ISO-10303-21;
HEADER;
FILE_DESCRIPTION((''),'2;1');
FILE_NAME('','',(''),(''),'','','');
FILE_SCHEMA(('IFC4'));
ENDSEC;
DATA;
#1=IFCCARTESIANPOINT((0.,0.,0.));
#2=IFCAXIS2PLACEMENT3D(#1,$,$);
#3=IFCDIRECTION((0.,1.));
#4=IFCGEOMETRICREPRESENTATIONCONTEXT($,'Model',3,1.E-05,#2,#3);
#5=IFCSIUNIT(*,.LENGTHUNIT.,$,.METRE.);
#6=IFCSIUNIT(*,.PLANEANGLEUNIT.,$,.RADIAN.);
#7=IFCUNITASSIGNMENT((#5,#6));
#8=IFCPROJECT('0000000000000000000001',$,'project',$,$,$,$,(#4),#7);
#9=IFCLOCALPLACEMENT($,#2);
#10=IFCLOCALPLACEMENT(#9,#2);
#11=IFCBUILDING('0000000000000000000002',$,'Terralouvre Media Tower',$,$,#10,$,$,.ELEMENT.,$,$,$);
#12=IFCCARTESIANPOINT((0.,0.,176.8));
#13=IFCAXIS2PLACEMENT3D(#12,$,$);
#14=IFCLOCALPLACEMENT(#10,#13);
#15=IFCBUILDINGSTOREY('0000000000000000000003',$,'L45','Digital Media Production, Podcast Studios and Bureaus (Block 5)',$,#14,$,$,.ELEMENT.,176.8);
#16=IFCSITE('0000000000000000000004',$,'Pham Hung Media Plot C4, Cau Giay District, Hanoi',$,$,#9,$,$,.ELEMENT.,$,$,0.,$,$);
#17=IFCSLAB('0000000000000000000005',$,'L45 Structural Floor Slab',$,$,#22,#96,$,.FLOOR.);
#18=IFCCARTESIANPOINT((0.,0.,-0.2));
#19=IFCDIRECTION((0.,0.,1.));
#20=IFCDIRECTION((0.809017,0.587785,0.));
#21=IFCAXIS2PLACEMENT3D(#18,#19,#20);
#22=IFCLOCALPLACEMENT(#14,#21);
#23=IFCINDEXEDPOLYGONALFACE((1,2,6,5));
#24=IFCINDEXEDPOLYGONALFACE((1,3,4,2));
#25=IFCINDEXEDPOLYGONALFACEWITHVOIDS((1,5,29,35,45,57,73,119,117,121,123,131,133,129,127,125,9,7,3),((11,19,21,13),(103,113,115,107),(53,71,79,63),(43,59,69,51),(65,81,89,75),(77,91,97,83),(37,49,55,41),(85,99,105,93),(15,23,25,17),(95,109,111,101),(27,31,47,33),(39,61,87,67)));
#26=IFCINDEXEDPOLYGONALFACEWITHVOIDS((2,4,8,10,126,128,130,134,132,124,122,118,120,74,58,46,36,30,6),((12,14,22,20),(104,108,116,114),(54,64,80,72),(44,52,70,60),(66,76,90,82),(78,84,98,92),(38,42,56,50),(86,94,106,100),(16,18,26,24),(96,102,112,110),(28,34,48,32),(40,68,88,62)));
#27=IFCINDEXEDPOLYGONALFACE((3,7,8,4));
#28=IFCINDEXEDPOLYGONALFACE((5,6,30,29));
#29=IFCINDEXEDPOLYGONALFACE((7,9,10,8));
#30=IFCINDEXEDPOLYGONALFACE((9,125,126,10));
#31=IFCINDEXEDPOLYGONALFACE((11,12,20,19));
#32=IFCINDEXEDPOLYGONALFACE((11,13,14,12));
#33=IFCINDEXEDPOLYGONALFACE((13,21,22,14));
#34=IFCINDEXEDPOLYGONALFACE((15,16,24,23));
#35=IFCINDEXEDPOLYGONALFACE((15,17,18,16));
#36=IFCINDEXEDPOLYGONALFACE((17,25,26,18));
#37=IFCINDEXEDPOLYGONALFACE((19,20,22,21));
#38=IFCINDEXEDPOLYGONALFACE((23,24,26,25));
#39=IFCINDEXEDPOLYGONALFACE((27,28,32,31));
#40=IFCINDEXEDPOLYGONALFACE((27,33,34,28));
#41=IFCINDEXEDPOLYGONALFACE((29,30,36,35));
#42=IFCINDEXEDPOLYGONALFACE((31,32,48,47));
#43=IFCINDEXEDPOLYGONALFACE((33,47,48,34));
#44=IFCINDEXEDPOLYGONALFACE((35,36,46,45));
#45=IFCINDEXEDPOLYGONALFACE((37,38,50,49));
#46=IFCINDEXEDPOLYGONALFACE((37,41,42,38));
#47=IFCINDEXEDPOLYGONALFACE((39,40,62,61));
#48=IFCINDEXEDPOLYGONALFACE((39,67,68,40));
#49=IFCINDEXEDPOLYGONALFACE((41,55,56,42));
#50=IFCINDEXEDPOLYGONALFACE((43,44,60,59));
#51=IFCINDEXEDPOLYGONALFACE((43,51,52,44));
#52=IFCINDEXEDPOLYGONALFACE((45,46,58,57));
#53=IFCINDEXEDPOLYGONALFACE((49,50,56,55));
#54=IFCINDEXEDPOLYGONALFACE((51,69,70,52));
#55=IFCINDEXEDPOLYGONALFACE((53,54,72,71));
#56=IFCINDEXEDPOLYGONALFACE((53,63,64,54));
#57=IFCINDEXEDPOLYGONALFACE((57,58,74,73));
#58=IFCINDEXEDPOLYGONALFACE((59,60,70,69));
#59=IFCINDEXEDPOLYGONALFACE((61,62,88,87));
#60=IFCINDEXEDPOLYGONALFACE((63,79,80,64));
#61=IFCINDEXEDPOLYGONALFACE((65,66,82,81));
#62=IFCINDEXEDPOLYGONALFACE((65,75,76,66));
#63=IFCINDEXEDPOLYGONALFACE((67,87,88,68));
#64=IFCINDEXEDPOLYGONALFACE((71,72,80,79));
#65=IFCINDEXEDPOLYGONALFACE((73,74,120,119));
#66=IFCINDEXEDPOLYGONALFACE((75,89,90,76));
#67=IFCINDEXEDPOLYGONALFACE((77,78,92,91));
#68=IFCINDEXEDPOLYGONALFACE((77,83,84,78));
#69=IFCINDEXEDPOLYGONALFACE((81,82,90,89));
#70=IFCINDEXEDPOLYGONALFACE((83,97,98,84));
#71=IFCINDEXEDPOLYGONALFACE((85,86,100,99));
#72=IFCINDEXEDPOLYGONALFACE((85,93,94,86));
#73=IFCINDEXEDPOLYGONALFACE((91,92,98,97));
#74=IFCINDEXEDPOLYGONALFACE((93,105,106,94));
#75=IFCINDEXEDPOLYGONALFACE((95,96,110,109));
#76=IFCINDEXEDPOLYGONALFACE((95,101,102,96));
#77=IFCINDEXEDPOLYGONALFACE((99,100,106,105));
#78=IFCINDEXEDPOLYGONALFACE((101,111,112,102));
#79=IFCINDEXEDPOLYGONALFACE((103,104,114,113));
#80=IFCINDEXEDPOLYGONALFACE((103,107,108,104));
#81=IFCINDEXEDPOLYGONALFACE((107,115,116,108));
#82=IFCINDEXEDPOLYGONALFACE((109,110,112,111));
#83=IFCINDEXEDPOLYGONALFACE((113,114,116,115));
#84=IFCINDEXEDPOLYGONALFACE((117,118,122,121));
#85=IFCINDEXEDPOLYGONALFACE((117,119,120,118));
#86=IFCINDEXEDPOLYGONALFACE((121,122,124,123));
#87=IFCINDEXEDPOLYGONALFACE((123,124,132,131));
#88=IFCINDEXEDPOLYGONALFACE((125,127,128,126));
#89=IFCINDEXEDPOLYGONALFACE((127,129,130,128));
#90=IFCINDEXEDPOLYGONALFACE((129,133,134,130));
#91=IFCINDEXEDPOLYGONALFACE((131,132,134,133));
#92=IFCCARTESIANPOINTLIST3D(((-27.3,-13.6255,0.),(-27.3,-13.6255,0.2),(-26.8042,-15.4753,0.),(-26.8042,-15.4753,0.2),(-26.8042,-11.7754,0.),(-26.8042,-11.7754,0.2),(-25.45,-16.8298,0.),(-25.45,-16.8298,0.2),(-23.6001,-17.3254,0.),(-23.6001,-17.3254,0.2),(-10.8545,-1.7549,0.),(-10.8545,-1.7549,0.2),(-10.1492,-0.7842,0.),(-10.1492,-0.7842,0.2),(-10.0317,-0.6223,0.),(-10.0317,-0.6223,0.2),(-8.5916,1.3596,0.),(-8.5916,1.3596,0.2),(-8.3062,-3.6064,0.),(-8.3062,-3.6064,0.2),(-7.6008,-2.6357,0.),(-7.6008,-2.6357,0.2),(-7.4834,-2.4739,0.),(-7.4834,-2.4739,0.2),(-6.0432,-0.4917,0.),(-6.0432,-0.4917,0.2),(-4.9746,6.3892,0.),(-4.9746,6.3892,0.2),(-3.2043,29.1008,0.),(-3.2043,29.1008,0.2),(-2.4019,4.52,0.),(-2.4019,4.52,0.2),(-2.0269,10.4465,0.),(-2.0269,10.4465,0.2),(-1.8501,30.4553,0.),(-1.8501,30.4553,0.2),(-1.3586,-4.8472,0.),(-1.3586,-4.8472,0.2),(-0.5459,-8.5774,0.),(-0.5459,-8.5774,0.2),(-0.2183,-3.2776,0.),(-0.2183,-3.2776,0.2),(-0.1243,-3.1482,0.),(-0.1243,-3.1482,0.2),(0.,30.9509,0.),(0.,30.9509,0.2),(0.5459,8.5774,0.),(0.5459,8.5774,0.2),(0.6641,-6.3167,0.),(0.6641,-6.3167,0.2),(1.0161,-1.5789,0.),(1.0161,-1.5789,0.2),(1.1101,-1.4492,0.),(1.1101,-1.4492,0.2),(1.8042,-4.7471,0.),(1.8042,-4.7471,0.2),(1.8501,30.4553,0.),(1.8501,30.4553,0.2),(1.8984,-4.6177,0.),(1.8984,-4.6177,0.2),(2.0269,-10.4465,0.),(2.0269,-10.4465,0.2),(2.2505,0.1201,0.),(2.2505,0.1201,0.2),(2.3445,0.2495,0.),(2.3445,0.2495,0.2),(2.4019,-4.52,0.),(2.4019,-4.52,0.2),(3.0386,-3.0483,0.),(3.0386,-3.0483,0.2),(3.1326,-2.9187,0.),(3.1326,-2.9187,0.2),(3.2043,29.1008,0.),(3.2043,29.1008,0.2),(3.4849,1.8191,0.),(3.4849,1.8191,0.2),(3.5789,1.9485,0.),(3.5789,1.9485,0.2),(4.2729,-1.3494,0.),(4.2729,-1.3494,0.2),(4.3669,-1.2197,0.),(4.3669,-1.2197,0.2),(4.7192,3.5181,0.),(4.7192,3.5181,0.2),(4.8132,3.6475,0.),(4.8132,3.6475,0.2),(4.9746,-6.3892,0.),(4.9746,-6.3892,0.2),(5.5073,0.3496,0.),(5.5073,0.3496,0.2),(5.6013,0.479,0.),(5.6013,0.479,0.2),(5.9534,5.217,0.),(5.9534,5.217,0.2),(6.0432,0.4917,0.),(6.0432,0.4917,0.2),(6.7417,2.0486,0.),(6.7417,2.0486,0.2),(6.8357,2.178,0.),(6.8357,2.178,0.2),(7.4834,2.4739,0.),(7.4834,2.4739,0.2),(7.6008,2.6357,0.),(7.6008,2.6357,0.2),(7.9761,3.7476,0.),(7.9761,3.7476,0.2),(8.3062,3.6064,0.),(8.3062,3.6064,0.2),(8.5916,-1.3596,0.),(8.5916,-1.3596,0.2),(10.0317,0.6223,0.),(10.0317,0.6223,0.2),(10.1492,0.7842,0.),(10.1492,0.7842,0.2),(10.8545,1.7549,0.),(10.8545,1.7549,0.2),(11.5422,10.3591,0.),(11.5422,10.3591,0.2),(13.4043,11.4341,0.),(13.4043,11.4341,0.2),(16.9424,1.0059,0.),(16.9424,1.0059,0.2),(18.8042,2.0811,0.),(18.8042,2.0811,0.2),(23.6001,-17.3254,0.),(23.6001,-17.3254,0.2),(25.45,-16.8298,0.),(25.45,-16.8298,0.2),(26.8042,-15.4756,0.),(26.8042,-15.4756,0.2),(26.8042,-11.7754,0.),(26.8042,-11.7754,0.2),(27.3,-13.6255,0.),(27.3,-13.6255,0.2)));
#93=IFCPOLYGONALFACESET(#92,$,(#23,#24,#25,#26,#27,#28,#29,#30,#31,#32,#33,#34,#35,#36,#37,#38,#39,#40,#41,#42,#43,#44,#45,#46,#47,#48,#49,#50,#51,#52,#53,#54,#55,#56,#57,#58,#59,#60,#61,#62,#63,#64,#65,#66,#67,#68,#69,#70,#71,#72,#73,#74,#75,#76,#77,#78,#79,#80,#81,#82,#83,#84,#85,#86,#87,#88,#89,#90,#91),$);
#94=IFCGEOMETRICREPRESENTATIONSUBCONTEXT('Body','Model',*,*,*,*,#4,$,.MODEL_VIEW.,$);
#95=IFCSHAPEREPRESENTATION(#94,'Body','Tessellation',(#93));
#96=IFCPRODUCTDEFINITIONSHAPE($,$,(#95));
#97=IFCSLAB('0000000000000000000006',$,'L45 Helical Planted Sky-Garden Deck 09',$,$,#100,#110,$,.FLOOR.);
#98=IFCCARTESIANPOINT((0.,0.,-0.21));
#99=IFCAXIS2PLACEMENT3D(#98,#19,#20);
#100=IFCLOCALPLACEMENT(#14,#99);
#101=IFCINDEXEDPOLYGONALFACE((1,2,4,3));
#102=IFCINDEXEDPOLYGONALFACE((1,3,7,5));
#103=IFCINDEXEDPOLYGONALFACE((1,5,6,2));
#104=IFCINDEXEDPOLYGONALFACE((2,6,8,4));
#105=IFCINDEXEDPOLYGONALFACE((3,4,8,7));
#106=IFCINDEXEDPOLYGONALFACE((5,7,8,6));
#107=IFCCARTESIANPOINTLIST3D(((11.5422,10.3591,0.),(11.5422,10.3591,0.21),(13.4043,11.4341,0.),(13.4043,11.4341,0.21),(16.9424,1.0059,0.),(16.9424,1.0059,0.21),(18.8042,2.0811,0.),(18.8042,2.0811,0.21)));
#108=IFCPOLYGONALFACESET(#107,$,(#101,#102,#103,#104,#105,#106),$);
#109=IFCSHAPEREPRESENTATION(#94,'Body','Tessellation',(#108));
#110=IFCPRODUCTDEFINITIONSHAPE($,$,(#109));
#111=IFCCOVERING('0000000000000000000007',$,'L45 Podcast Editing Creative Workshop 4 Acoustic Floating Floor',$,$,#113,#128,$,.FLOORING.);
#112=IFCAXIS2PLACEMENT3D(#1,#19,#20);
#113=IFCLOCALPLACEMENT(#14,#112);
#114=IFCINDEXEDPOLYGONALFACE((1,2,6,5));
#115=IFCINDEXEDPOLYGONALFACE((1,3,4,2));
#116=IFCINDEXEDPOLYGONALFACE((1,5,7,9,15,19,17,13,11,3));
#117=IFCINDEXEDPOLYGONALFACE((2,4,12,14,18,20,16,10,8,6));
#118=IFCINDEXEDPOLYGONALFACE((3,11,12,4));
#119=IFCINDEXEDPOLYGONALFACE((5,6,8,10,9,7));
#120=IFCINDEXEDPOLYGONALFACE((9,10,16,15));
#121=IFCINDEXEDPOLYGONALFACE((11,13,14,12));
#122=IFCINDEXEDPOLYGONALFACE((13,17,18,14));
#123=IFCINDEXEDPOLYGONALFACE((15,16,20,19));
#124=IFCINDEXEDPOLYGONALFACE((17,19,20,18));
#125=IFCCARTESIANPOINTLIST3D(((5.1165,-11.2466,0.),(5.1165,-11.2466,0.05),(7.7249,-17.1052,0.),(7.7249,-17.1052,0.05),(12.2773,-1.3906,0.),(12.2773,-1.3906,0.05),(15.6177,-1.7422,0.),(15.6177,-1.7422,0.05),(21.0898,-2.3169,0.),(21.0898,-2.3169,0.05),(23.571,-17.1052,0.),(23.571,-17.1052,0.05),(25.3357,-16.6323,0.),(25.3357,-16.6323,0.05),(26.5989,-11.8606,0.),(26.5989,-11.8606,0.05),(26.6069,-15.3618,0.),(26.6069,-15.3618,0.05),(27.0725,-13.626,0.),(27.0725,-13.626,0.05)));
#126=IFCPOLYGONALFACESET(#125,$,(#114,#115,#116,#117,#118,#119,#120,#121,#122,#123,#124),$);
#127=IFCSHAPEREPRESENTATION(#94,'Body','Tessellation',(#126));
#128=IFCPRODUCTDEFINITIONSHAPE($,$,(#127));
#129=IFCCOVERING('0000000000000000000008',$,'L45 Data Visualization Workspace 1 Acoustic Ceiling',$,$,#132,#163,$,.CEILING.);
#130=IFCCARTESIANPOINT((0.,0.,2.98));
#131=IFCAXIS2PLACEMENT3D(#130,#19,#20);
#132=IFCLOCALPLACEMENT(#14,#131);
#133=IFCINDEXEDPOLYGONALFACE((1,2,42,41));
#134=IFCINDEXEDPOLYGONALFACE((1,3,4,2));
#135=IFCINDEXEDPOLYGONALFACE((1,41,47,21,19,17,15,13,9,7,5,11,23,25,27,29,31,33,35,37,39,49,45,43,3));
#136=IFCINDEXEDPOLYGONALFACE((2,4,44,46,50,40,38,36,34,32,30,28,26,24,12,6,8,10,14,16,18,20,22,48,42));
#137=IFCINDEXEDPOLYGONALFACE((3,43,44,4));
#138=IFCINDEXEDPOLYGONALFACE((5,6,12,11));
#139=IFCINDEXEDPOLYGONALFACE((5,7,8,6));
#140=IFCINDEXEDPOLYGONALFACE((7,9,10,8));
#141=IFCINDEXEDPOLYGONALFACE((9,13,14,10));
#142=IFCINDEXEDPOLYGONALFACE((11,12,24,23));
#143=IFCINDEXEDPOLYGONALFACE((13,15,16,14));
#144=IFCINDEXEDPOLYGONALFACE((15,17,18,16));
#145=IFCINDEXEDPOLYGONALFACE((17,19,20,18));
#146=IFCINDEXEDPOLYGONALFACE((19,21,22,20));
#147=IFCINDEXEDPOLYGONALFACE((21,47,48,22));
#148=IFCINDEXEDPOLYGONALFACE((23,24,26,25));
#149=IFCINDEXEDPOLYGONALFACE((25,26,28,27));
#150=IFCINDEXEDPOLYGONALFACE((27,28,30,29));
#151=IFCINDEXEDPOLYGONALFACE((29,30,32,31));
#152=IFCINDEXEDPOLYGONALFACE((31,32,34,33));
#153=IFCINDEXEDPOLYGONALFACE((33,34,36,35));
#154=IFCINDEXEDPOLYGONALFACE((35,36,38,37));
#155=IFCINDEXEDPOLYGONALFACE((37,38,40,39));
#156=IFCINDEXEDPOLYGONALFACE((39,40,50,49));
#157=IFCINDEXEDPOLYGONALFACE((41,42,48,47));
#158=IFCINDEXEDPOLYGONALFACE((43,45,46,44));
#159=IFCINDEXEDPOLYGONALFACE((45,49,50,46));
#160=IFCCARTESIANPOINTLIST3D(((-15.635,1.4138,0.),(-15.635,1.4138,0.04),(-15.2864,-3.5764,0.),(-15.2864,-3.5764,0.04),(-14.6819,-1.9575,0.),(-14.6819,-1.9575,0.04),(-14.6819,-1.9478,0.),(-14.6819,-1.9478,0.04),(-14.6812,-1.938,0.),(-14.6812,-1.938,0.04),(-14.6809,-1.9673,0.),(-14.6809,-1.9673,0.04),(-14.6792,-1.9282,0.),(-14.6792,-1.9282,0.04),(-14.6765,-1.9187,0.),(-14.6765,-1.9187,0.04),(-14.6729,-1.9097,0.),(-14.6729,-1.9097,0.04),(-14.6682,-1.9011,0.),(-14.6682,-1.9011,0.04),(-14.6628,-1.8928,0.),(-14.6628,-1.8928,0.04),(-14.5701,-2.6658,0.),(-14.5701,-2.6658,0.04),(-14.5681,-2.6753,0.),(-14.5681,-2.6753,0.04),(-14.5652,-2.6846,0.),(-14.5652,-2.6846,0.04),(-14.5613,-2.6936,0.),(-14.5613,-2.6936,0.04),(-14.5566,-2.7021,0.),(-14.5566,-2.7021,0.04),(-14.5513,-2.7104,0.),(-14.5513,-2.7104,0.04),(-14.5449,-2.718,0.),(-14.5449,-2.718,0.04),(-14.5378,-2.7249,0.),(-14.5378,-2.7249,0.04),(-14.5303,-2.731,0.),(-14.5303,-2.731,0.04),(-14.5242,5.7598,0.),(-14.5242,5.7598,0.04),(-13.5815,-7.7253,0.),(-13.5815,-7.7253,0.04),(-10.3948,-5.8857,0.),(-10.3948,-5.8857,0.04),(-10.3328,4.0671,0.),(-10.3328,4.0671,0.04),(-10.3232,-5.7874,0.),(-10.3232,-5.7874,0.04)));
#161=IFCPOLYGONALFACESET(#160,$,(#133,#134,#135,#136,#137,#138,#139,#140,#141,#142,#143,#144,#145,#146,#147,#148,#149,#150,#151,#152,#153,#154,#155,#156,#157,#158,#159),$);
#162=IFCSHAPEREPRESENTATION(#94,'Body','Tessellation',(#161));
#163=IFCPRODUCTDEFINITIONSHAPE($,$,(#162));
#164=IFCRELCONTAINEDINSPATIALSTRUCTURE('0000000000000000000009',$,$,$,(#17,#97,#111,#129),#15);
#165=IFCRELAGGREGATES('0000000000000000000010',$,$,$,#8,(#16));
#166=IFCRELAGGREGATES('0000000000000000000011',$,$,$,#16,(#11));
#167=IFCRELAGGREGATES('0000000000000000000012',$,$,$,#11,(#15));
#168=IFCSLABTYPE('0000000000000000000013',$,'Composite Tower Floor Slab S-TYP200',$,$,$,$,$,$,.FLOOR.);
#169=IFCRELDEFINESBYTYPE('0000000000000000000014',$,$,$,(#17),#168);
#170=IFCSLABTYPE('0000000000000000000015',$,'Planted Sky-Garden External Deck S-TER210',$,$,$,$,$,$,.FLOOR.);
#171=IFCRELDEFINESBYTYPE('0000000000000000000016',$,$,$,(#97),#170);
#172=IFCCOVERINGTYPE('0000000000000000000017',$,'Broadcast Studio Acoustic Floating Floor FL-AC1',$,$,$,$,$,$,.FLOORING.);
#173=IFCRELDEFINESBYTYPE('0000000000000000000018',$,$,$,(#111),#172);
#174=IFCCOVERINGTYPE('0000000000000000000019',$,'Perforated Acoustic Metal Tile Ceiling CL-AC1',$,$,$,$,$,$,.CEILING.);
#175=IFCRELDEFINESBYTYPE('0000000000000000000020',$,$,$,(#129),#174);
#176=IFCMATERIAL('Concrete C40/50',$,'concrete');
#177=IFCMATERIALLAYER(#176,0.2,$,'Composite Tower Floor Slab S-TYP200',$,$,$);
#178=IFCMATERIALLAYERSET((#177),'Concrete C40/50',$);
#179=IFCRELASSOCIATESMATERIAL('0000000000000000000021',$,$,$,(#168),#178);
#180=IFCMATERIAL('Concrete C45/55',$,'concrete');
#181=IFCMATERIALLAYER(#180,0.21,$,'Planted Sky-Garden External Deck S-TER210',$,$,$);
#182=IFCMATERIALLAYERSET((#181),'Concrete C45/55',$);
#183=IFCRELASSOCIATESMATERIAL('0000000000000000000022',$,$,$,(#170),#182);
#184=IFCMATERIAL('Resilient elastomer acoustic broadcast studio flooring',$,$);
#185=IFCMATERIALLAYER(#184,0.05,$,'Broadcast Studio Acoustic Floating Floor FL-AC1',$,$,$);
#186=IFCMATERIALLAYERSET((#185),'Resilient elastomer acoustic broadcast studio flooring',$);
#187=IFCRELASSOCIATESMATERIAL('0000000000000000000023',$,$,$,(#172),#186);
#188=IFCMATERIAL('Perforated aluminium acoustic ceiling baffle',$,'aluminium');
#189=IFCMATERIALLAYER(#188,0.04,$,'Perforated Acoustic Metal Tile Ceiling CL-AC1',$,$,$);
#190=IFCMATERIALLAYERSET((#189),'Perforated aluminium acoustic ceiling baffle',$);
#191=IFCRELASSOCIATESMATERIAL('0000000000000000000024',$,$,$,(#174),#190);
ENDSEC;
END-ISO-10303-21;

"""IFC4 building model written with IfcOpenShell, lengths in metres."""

from ifc_helpers import new_model, si_unit, direction, frame, origin, place, context, subcontext, project, spatial, polyline, outline, extrude, material, layer, layer_set, type_object, element, save


model = new_model("IFC4")

# Units and contexts
model_context = context("Model", 3, precision=1e-05, world=origin(), true_north=direction((0.0, 1.0)))
body_context = subcontext(model_context, "Body", "Model", "MODEL_VIEW")
ifc_project = project(units=[si_unit("LENGTHUNIT", "METRE"), si_unit("PLANEANGLEUNIT", "RADIAN")], contexts=[model_context])

# Site, building, storey
site_placement = place(None, origin())
site = spatial("IfcSite", under=ifc_project, at=site_placement, Name="Pham Hung Media Plot C4, Cau Giay District, Hanoi", CompositionType="ELEMENT", RefElevation=0.0)
building_placement = place(site_placement, origin())
building = spatial("IfcBuilding", under=site, at=building_placement, Name="Terralouvre Media Tower", CompositionType="ELEMENT")
storey_placement = place(building_placement, frame((0.0, 0.0, 176.8)))
storey = spatial("IfcBuildingStorey", under=building, at=storey_placement, Name="L45", Description="Digital Media Production, Podcast Studios and Bureaus (Block 5)", CompositionType="ELEMENT", Elevation=176.8)

# Slabs
ifc_material_1 = material(Name="Concrete C40/50", Category="concrete")
ifc_layer_1 = layer(ifc_material_1, 0.2, Name="Composite Tower Floor Slab S-TYP200")
ifc_layer_set_1 = layer_set([ifc_layer_1], Name="Concrete C40/50")
slab_type_1 = type_object("IfcSlabType", Name="Composite Tower Floor Slab S-TYP200", PredefinedType="FLOOR", material=ifc_layer_set_1)
slab_1_placement = place(storey_placement, frame((0.0, 0.0, -0.2), z_axis=(0.0, 0.0, 1.0), x_axis=(0.809017, 0.587785, 0.0)))
element("IfcSlab", 1, at=slab_1_placement, inside=storey, type_object=slab_type_1, Name="L45 Structural Floor Slab", PredefinedType="FLOOR", context=body_context, shape_type="SweptSolid", body=[
    extrude(outline(polyline([(26.8042, -11.7754), (18.8042, 2.0811), (16.9424, 1.0059), (11.5422, 10.3591), (13.4043, 11.4341), (3.2043, 29.1008), (1.8501, 30.4553), (0.0, 30.9509), (-1.8501, 30.4553), (-3.2043, 29.1008), (-26.8042, -11.7754), (-27.3, -13.6255), (-26.8042, -15.4753), (-25.45, -16.8298), (-23.6001, -17.3254), (23.6001, -17.3254), (25.45, -16.8298), (26.8042, -15.4756), (27.3, -13.6255), (26.8042, -11.7754)]), holes=[polyline([(-7.6008, -2.6357), (-8.3062, -3.6064), (-10.8545, -1.7549), (-10.1492, -0.7842), (-7.6008, -2.6357)]), polyline([(-7.4834, -2.4739), (-10.0317, -0.6223), (-8.5916, 1.3596), (-6.0432, -0.4917), (-7.4834, -2.4739)]), polyline([(4.3669, -1.2197), (2.3445, 0.2495), (3.4849, 1.8191), (5.5073, 0.3496), (4.3669, -1.2197)]), polyline([(6.7417, 2.0486), (5.6013, 0.479), (3.5789, 1.9485), (4.7192, 3.5181), (6.7417, 2.0486)]), polyline([(-2.4019, 4.52), (-4.9746, 6.3892), (-2.0269, 10.4465), (0.5459, 8.5774), (-2.4019, 4.52)]), polyline([(6.8357, 2.178), (4.8132, 3.6475), (5.9534, 5.217), (7.9761, 3.7476), (6.8357, 2.178)]), polyline([(-0.5459, -8.5774), (2.4019, -4.52), (4.9746, -6.3892), (2.0269, -10.4465), (-0.5459, -8.5774)]), polyline([(0.6641, -6.3167), (-1.3586, -4.8472), (-0.2183, -3.2776), (1.8042, -4.7471), (0.6641, -6.3167)]), polyline([(1.8984, -4.6177), (-0.1243, -3.1482), (1.0161, -1.5789), (3.0386, -3.0483), (1.8984, -4.6177)]), polyline([(4.2729, -1.3494), (3.1326, -2.9187), (1.1101, -1.4492), (2.2505, 0.1201), (4.2729, -1.3494)]), polyline([(8.5916, -1.3596), (6.0432, 0.4917), (7.4834, 2.4739), (10.0317, 0.6223), (8.5916, -1.3596)]), polyline([(10.1492, 0.7842), (7.6008, 2.6357), (8.3062, 3.6064), (10.8545, 1.7549), (10.1492, 0.7842)])]), origin(), (0.0, 0.0, 1.0), 0.2),
])
ifc_material_2 = material(Name="Concrete C45/55", Category="concrete")
ifc_layer_2 = layer(ifc_material_2, 0.21, Name="Planted Sky-Garden External Deck S-TER210")
ifc_layer_set_2 = layer_set([ifc_layer_2], Name="Concrete C45/55")
slab_type_2 = type_object("IfcSlabType", Name="Planted Sky-Garden External Deck S-TER210", PredefinedType="FLOOR", material=ifc_layer_set_2)
slab_2_placement = place(storey_placement, frame((0.0, 0.0, -0.21), z_axis=(0.0, 0.0, 1.0), x_axis=(0.809017, 0.587785, 0.0)))
element("IfcSlab", 2, at=slab_2_placement, inside=storey, type_object=slab_type_2, Name="L45 Helical Planted Sky-Garden Deck 09", PredefinedType="FLOOR", context=body_context, shape_type="SweptSolid", body=[
    extrude(outline(polyline([(18.8042, 2.0811), (13.4043, 11.4341), (11.5422, 10.3591), (16.9424, 1.0059), (18.8042, 2.0811)])), origin(), (0.0, 0.0, 1.0), 0.21),
])

# Coverings
ifc_material_3 = material(Name="Resilient elastomer acoustic broadcast studio flooring")
ifc_layer_3 = layer(ifc_material_3, 0.05, Name="Broadcast Studio Acoustic Floating Floor FL-AC1")
ifc_layer_set_3 = layer_set([ifc_layer_3], Name="Resilient elastomer acoustic broadcast studio flooring")
covering_type_1 = type_object("IfcCoveringType", Name="Broadcast Studio Acoustic Floating Floor FL-AC1", PredefinedType="FLOORING", material=ifc_layer_set_3)
covering_1_placement = place(storey_placement, frame((0.0, 0.0, 0.0), z_axis=(0.0, 0.0, 1.0), x_axis=(0.809017, 0.587785, 0.0)))
element("IfcCovering", 3, at=covering_1_placement, inside=storey, type_object=covering_type_1, Name="L45 Podcast Editing Creative Workshop 4 Acoustic Floating Floor", PredefinedType="FLOORING", context=body_context, shape_type="SweptSolid", body=[
    extrude(outline(polyline([(21.0898, -2.3169), (15.6177, -1.7422), (12.2773, -1.3906), (5.1165, -11.2466), (7.7249, -17.1052), (23.571, -17.1052), (25.3357, -16.6323), (26.6069, -15.3618), (27.0725, -13.626), (26.5989, -11.8606), (21.0898, -2.3169)])), origin(), (0.0, 0.0, 1.0), 0.05),
])
ifc_material_4 = material(Name="Perforated aluminium acoustic ceiling baffle", Category="aluminium")
ifc_layer_4 = layer(ifc_material_4, 0.04, Name="Perforated Acoustic Metal Tile Ceiling CL-AC1")
ifc_layer_set_4 = layer_set([ifc_layer_4], Name="Perforated aluminium acoustic ceiling baffle")
covering_type_2 = type_object("IfcCoveringType", Name="Perforated Acoustic Metal Tile Ceiling CL-AC1", PredefinedType="CEILING", material=ifc_layer_set_4)
covering_2_placement = place(storey_placement, frame((0.0, 0.0, 2.98), z_axis=(0.0, 0.0, 1.0), x_axis=(0.809017, 0.587785, 0.0)))
element("IfcCovering", 4, at=covering_2_placement, inside=storey, type_object=covering_type_2, Name="L45 Data Visualization Workspace 1 Acoustic Ceiling", PredefinedType="CEILING", context=body_context, shape_type="SweptSolid", body=[
    extrude(outline(polyline([(-15.635, 1.4138), (-15.2864, -3.5764), (-13.5815, -7.7253), (-10.3948, -5.8857), (-10.3232, -5.7874), (-14.5303, -2.731), (-14.5378, -2.7249), (-14.5449, -2.718), (-14.5513, -2.7104), (-14.5566, -2.7021), (-14.5613, -2.6936), (-14.5652, -2.6846), (-14.5681, -2.6753), (-14.5701, -2.6658), (-14.6809, -1.9673), (-14.6819, -1.9575), (-14.6819, -1.9478), (-14.6812, -1.938), (-14.6792, -1.9282), (-14.6765, -1.9187), (-14.6729, -1.9097), (-14.6682, -1.9011), (-14.6628, -1.8928), (-10.3328, 4.0671), (-14.5242, 5.7598), (-15.635, 1.4138)])), origin(), (0.0, 0.0, 1.0), 0.04),
])

save(model, "model.ifc")
